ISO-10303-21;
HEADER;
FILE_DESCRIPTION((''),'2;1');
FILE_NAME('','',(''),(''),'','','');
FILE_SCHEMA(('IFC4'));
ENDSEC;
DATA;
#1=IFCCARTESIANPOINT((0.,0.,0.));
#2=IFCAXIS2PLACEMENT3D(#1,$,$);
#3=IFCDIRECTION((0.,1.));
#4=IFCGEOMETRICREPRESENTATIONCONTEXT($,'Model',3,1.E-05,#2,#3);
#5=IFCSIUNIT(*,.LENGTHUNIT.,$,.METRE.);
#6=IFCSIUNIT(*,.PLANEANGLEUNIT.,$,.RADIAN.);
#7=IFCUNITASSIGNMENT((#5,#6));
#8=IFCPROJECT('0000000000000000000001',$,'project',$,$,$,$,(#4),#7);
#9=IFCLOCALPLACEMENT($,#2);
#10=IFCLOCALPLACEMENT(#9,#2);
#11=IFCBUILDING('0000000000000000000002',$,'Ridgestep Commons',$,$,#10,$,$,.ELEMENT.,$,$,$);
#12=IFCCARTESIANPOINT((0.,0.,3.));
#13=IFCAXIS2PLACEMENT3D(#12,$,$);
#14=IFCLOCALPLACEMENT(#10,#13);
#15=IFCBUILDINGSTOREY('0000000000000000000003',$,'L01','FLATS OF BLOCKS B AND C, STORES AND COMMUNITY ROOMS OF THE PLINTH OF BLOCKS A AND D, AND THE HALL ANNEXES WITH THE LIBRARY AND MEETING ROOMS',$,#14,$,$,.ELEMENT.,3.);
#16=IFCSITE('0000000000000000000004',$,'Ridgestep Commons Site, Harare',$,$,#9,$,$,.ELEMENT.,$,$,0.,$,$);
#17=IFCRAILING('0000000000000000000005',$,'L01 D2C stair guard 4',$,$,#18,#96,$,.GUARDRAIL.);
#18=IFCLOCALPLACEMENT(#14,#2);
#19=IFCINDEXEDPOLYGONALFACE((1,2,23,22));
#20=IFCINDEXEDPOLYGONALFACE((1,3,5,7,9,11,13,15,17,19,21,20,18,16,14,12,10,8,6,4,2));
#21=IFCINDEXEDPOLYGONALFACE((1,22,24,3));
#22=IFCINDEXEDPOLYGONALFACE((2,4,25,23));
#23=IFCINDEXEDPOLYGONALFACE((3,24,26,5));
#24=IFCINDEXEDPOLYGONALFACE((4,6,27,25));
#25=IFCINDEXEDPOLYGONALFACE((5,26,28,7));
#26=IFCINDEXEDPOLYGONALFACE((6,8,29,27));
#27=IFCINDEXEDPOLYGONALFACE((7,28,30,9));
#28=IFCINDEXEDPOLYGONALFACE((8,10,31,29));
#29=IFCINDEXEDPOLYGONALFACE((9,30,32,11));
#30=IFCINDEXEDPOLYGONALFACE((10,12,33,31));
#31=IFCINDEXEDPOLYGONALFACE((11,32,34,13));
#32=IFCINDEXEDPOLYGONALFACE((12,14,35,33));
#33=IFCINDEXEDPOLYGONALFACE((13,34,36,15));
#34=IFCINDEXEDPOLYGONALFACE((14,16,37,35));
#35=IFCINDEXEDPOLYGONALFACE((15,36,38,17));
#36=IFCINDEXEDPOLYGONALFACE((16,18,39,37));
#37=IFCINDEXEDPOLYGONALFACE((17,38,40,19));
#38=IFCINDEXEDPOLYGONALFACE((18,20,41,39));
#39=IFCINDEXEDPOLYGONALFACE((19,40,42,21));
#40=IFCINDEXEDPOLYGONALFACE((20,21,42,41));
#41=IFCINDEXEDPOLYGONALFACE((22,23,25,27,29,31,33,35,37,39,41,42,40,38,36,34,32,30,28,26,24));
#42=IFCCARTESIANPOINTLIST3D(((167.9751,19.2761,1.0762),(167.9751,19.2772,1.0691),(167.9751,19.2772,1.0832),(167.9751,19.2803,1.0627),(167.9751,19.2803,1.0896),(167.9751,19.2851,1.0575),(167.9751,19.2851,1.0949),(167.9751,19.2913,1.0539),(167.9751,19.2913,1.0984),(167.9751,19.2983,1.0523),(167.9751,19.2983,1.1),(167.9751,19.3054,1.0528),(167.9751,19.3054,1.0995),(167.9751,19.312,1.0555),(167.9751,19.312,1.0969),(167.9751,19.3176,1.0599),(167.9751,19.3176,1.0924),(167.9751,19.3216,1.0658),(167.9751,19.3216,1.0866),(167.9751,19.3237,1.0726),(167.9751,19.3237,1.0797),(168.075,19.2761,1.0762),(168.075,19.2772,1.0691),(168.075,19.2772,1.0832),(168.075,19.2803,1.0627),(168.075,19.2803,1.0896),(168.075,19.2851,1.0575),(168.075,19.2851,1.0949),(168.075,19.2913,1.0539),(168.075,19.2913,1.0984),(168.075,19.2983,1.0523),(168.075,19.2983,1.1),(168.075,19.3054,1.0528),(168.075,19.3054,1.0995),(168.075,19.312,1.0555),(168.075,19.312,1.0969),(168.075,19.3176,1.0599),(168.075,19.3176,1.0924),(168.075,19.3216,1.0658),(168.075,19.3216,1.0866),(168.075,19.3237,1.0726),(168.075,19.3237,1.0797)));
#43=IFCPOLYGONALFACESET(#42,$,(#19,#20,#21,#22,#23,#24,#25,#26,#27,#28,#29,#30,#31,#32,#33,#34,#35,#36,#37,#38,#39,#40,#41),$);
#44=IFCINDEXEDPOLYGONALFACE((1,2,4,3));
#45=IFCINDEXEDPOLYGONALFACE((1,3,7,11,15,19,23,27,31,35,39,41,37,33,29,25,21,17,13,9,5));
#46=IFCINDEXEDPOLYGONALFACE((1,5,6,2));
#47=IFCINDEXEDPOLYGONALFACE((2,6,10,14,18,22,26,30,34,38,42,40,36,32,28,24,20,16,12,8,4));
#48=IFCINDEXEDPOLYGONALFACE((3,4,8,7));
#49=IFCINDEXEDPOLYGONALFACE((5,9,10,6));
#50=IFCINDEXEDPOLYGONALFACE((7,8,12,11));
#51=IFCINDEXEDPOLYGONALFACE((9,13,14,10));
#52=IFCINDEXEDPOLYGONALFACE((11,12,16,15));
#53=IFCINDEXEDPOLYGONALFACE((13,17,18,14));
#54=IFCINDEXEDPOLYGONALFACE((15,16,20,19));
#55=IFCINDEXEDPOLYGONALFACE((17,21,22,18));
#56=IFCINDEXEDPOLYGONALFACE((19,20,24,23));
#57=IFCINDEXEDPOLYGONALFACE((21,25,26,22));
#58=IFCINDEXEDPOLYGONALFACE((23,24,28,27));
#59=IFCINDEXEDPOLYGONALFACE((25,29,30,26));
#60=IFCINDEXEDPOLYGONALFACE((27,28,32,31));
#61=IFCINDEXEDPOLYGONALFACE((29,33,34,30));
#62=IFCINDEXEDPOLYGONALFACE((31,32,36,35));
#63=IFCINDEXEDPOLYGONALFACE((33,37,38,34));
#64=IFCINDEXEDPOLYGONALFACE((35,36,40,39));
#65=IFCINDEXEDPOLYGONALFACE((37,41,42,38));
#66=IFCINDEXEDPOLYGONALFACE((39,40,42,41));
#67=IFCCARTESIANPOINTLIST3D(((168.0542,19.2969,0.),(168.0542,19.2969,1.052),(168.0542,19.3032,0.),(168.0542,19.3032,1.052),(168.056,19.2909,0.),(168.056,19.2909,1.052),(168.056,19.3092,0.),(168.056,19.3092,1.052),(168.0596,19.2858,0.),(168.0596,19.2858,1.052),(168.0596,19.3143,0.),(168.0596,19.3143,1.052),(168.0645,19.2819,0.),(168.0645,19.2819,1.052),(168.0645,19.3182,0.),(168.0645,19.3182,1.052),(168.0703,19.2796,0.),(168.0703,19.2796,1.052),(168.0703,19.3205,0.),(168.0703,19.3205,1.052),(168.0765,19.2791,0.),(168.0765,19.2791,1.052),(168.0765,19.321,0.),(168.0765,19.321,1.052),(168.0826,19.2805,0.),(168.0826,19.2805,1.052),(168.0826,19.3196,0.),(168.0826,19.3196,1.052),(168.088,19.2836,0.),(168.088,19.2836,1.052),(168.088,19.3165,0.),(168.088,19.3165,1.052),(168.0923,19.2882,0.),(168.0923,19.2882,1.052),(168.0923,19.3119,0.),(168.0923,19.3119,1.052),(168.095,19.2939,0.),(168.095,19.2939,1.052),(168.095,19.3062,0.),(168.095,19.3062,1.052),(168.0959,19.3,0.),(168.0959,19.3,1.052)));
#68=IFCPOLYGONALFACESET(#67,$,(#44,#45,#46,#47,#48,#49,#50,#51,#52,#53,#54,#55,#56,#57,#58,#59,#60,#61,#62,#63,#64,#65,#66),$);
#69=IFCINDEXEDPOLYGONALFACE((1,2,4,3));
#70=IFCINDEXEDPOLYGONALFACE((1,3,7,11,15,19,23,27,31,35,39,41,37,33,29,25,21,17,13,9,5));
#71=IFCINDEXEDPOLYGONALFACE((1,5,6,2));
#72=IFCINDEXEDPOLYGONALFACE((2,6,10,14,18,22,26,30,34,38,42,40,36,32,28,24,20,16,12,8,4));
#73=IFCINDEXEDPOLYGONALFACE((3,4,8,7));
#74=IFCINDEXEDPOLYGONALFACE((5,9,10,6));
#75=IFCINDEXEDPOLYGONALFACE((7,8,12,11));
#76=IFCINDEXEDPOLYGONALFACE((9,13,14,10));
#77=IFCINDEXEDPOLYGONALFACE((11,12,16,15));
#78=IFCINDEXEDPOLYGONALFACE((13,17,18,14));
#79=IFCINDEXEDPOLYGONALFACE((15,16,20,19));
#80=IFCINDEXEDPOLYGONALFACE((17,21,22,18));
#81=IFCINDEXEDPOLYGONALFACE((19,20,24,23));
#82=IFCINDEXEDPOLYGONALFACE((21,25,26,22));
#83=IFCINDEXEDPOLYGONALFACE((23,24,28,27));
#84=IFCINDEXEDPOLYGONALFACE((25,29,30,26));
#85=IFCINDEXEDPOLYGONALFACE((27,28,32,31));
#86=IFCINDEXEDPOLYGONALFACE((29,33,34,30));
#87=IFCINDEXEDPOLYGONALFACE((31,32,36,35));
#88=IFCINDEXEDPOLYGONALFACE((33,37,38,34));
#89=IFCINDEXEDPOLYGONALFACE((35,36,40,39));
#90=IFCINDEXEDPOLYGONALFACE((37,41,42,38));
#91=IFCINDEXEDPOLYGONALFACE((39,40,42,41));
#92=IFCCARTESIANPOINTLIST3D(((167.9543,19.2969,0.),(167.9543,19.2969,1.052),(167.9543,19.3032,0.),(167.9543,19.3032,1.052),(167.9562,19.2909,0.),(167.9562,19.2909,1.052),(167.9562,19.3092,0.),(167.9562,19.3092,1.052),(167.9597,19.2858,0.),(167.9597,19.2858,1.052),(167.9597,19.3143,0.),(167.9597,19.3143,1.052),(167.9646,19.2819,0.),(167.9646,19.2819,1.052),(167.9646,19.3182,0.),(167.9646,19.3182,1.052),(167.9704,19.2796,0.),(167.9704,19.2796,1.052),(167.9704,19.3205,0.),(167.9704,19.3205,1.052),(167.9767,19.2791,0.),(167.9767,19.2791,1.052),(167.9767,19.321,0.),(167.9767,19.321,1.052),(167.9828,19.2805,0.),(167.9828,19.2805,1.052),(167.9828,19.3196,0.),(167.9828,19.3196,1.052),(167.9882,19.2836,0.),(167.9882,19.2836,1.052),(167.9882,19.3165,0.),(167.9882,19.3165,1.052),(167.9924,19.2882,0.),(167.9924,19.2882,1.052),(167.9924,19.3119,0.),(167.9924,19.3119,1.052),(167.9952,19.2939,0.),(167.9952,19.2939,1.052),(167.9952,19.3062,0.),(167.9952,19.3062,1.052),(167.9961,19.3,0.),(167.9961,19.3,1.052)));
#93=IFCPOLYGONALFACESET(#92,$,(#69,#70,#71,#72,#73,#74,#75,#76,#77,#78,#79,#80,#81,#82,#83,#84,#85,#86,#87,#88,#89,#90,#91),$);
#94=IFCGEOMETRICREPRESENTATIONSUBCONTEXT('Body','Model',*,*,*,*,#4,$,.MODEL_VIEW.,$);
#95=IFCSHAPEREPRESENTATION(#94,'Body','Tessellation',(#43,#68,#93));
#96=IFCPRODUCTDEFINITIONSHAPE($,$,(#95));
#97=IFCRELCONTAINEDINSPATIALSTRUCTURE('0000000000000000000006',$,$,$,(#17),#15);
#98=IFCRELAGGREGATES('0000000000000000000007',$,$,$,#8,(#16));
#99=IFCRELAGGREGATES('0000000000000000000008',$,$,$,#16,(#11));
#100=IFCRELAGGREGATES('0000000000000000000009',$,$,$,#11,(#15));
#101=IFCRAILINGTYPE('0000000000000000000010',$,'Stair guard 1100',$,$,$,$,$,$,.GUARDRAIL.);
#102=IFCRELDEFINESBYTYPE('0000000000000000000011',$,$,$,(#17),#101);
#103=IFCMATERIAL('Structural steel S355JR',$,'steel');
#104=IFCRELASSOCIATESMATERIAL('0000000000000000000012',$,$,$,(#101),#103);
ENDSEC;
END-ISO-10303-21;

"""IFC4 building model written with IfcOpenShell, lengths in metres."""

from ifc_helpers import new_model, si_unit, direction, frame, origin, origin_2d, place, context, subcontext, project, spatial, circle, extrude, material, type_object, element, save


model = new_model("IFC4")

# Units and contexts
model_context = context("Model", 3, precision=1e-05, world=origin(), true_north=direction((0.0, 1.0)))
body_context = subcontext(model_context, "Body", "Model", "MODEL_VIEW")
ifc_project = project(units=[si_unit("LENGTHUNIT", "METRE"), si_unit("PLANEANGLEUNIT", "RADIAN")], contexts=[model_context])

# Site, building, storey
site_placement = place(None, origin())
site = spatial("IfcSite", under=ifc_project, at=site_placement, Name="Ridgestep Commons Site, Harare", CompositionType="ELEMENT", RefElevation=0.0)
building_placement = place(site_placement, origin())
building = spatial("IfcBuilding", under=site, at=building_placement, Name="Ridgestep Commons", CompositionType="ELEMENT")
storey_placement = place(building_placement, frame((0.0, 0.0, 3.0)))
storey = spatial("IfcBuildingStorey", under=building, at=storey_placement, Name="L01", Description="FLATS OF BLOCKS B AND C, STORES AND COMMUNITY ROOMS OF THE PLINTH OF BLOCKS A AND D, AND THE HALL ANNEXES WITH THE LIBRARY AND MEETING ROOMS", CompositionType="ELEMENT", Elevation=3.0)

# Railing
ifc_material_1 = material(Name="Structural steel S355JR", Category="steel")
railing_type_1 = type_object("IfcRailingType", Name="Stair guard 1100", PredefinedType="GUARDRAIL", material=ifc_material_1)
railing_1_placement = place(storey_placement, frame((168.075, 19.3, 0.0)))
element("IfcRailing", 1, at=railing_1_placement, inside=storey, type_object=railing_type_1, Name="L01 D2C stair guard 4", PredefinedType="GUARDRAIL", context=body_context, shape_type="SweptSolid", body=[
    extrude(circle(Radius=0.0239, at=origin_2d()), frame((0.0, 0.0, 1.0762), z_axis=(-1.0, 0.0, 0.0), x_axis=(0.0, -1.0, 0.0)), (0.0, 0.0, 1.0), 0.0999),
    extrude(circle(Radius=0.021, at=origin_2d()), origin(), (0.0, 0.0, 1.0), 1.052),
    extrude(circle(Radius=0.021, at=origin_2d()), frame((-0.0999, 0.0, 0.0)), (0.0, 0.0, 1.0), 1.052),
])

save(model, "model.ifc")
